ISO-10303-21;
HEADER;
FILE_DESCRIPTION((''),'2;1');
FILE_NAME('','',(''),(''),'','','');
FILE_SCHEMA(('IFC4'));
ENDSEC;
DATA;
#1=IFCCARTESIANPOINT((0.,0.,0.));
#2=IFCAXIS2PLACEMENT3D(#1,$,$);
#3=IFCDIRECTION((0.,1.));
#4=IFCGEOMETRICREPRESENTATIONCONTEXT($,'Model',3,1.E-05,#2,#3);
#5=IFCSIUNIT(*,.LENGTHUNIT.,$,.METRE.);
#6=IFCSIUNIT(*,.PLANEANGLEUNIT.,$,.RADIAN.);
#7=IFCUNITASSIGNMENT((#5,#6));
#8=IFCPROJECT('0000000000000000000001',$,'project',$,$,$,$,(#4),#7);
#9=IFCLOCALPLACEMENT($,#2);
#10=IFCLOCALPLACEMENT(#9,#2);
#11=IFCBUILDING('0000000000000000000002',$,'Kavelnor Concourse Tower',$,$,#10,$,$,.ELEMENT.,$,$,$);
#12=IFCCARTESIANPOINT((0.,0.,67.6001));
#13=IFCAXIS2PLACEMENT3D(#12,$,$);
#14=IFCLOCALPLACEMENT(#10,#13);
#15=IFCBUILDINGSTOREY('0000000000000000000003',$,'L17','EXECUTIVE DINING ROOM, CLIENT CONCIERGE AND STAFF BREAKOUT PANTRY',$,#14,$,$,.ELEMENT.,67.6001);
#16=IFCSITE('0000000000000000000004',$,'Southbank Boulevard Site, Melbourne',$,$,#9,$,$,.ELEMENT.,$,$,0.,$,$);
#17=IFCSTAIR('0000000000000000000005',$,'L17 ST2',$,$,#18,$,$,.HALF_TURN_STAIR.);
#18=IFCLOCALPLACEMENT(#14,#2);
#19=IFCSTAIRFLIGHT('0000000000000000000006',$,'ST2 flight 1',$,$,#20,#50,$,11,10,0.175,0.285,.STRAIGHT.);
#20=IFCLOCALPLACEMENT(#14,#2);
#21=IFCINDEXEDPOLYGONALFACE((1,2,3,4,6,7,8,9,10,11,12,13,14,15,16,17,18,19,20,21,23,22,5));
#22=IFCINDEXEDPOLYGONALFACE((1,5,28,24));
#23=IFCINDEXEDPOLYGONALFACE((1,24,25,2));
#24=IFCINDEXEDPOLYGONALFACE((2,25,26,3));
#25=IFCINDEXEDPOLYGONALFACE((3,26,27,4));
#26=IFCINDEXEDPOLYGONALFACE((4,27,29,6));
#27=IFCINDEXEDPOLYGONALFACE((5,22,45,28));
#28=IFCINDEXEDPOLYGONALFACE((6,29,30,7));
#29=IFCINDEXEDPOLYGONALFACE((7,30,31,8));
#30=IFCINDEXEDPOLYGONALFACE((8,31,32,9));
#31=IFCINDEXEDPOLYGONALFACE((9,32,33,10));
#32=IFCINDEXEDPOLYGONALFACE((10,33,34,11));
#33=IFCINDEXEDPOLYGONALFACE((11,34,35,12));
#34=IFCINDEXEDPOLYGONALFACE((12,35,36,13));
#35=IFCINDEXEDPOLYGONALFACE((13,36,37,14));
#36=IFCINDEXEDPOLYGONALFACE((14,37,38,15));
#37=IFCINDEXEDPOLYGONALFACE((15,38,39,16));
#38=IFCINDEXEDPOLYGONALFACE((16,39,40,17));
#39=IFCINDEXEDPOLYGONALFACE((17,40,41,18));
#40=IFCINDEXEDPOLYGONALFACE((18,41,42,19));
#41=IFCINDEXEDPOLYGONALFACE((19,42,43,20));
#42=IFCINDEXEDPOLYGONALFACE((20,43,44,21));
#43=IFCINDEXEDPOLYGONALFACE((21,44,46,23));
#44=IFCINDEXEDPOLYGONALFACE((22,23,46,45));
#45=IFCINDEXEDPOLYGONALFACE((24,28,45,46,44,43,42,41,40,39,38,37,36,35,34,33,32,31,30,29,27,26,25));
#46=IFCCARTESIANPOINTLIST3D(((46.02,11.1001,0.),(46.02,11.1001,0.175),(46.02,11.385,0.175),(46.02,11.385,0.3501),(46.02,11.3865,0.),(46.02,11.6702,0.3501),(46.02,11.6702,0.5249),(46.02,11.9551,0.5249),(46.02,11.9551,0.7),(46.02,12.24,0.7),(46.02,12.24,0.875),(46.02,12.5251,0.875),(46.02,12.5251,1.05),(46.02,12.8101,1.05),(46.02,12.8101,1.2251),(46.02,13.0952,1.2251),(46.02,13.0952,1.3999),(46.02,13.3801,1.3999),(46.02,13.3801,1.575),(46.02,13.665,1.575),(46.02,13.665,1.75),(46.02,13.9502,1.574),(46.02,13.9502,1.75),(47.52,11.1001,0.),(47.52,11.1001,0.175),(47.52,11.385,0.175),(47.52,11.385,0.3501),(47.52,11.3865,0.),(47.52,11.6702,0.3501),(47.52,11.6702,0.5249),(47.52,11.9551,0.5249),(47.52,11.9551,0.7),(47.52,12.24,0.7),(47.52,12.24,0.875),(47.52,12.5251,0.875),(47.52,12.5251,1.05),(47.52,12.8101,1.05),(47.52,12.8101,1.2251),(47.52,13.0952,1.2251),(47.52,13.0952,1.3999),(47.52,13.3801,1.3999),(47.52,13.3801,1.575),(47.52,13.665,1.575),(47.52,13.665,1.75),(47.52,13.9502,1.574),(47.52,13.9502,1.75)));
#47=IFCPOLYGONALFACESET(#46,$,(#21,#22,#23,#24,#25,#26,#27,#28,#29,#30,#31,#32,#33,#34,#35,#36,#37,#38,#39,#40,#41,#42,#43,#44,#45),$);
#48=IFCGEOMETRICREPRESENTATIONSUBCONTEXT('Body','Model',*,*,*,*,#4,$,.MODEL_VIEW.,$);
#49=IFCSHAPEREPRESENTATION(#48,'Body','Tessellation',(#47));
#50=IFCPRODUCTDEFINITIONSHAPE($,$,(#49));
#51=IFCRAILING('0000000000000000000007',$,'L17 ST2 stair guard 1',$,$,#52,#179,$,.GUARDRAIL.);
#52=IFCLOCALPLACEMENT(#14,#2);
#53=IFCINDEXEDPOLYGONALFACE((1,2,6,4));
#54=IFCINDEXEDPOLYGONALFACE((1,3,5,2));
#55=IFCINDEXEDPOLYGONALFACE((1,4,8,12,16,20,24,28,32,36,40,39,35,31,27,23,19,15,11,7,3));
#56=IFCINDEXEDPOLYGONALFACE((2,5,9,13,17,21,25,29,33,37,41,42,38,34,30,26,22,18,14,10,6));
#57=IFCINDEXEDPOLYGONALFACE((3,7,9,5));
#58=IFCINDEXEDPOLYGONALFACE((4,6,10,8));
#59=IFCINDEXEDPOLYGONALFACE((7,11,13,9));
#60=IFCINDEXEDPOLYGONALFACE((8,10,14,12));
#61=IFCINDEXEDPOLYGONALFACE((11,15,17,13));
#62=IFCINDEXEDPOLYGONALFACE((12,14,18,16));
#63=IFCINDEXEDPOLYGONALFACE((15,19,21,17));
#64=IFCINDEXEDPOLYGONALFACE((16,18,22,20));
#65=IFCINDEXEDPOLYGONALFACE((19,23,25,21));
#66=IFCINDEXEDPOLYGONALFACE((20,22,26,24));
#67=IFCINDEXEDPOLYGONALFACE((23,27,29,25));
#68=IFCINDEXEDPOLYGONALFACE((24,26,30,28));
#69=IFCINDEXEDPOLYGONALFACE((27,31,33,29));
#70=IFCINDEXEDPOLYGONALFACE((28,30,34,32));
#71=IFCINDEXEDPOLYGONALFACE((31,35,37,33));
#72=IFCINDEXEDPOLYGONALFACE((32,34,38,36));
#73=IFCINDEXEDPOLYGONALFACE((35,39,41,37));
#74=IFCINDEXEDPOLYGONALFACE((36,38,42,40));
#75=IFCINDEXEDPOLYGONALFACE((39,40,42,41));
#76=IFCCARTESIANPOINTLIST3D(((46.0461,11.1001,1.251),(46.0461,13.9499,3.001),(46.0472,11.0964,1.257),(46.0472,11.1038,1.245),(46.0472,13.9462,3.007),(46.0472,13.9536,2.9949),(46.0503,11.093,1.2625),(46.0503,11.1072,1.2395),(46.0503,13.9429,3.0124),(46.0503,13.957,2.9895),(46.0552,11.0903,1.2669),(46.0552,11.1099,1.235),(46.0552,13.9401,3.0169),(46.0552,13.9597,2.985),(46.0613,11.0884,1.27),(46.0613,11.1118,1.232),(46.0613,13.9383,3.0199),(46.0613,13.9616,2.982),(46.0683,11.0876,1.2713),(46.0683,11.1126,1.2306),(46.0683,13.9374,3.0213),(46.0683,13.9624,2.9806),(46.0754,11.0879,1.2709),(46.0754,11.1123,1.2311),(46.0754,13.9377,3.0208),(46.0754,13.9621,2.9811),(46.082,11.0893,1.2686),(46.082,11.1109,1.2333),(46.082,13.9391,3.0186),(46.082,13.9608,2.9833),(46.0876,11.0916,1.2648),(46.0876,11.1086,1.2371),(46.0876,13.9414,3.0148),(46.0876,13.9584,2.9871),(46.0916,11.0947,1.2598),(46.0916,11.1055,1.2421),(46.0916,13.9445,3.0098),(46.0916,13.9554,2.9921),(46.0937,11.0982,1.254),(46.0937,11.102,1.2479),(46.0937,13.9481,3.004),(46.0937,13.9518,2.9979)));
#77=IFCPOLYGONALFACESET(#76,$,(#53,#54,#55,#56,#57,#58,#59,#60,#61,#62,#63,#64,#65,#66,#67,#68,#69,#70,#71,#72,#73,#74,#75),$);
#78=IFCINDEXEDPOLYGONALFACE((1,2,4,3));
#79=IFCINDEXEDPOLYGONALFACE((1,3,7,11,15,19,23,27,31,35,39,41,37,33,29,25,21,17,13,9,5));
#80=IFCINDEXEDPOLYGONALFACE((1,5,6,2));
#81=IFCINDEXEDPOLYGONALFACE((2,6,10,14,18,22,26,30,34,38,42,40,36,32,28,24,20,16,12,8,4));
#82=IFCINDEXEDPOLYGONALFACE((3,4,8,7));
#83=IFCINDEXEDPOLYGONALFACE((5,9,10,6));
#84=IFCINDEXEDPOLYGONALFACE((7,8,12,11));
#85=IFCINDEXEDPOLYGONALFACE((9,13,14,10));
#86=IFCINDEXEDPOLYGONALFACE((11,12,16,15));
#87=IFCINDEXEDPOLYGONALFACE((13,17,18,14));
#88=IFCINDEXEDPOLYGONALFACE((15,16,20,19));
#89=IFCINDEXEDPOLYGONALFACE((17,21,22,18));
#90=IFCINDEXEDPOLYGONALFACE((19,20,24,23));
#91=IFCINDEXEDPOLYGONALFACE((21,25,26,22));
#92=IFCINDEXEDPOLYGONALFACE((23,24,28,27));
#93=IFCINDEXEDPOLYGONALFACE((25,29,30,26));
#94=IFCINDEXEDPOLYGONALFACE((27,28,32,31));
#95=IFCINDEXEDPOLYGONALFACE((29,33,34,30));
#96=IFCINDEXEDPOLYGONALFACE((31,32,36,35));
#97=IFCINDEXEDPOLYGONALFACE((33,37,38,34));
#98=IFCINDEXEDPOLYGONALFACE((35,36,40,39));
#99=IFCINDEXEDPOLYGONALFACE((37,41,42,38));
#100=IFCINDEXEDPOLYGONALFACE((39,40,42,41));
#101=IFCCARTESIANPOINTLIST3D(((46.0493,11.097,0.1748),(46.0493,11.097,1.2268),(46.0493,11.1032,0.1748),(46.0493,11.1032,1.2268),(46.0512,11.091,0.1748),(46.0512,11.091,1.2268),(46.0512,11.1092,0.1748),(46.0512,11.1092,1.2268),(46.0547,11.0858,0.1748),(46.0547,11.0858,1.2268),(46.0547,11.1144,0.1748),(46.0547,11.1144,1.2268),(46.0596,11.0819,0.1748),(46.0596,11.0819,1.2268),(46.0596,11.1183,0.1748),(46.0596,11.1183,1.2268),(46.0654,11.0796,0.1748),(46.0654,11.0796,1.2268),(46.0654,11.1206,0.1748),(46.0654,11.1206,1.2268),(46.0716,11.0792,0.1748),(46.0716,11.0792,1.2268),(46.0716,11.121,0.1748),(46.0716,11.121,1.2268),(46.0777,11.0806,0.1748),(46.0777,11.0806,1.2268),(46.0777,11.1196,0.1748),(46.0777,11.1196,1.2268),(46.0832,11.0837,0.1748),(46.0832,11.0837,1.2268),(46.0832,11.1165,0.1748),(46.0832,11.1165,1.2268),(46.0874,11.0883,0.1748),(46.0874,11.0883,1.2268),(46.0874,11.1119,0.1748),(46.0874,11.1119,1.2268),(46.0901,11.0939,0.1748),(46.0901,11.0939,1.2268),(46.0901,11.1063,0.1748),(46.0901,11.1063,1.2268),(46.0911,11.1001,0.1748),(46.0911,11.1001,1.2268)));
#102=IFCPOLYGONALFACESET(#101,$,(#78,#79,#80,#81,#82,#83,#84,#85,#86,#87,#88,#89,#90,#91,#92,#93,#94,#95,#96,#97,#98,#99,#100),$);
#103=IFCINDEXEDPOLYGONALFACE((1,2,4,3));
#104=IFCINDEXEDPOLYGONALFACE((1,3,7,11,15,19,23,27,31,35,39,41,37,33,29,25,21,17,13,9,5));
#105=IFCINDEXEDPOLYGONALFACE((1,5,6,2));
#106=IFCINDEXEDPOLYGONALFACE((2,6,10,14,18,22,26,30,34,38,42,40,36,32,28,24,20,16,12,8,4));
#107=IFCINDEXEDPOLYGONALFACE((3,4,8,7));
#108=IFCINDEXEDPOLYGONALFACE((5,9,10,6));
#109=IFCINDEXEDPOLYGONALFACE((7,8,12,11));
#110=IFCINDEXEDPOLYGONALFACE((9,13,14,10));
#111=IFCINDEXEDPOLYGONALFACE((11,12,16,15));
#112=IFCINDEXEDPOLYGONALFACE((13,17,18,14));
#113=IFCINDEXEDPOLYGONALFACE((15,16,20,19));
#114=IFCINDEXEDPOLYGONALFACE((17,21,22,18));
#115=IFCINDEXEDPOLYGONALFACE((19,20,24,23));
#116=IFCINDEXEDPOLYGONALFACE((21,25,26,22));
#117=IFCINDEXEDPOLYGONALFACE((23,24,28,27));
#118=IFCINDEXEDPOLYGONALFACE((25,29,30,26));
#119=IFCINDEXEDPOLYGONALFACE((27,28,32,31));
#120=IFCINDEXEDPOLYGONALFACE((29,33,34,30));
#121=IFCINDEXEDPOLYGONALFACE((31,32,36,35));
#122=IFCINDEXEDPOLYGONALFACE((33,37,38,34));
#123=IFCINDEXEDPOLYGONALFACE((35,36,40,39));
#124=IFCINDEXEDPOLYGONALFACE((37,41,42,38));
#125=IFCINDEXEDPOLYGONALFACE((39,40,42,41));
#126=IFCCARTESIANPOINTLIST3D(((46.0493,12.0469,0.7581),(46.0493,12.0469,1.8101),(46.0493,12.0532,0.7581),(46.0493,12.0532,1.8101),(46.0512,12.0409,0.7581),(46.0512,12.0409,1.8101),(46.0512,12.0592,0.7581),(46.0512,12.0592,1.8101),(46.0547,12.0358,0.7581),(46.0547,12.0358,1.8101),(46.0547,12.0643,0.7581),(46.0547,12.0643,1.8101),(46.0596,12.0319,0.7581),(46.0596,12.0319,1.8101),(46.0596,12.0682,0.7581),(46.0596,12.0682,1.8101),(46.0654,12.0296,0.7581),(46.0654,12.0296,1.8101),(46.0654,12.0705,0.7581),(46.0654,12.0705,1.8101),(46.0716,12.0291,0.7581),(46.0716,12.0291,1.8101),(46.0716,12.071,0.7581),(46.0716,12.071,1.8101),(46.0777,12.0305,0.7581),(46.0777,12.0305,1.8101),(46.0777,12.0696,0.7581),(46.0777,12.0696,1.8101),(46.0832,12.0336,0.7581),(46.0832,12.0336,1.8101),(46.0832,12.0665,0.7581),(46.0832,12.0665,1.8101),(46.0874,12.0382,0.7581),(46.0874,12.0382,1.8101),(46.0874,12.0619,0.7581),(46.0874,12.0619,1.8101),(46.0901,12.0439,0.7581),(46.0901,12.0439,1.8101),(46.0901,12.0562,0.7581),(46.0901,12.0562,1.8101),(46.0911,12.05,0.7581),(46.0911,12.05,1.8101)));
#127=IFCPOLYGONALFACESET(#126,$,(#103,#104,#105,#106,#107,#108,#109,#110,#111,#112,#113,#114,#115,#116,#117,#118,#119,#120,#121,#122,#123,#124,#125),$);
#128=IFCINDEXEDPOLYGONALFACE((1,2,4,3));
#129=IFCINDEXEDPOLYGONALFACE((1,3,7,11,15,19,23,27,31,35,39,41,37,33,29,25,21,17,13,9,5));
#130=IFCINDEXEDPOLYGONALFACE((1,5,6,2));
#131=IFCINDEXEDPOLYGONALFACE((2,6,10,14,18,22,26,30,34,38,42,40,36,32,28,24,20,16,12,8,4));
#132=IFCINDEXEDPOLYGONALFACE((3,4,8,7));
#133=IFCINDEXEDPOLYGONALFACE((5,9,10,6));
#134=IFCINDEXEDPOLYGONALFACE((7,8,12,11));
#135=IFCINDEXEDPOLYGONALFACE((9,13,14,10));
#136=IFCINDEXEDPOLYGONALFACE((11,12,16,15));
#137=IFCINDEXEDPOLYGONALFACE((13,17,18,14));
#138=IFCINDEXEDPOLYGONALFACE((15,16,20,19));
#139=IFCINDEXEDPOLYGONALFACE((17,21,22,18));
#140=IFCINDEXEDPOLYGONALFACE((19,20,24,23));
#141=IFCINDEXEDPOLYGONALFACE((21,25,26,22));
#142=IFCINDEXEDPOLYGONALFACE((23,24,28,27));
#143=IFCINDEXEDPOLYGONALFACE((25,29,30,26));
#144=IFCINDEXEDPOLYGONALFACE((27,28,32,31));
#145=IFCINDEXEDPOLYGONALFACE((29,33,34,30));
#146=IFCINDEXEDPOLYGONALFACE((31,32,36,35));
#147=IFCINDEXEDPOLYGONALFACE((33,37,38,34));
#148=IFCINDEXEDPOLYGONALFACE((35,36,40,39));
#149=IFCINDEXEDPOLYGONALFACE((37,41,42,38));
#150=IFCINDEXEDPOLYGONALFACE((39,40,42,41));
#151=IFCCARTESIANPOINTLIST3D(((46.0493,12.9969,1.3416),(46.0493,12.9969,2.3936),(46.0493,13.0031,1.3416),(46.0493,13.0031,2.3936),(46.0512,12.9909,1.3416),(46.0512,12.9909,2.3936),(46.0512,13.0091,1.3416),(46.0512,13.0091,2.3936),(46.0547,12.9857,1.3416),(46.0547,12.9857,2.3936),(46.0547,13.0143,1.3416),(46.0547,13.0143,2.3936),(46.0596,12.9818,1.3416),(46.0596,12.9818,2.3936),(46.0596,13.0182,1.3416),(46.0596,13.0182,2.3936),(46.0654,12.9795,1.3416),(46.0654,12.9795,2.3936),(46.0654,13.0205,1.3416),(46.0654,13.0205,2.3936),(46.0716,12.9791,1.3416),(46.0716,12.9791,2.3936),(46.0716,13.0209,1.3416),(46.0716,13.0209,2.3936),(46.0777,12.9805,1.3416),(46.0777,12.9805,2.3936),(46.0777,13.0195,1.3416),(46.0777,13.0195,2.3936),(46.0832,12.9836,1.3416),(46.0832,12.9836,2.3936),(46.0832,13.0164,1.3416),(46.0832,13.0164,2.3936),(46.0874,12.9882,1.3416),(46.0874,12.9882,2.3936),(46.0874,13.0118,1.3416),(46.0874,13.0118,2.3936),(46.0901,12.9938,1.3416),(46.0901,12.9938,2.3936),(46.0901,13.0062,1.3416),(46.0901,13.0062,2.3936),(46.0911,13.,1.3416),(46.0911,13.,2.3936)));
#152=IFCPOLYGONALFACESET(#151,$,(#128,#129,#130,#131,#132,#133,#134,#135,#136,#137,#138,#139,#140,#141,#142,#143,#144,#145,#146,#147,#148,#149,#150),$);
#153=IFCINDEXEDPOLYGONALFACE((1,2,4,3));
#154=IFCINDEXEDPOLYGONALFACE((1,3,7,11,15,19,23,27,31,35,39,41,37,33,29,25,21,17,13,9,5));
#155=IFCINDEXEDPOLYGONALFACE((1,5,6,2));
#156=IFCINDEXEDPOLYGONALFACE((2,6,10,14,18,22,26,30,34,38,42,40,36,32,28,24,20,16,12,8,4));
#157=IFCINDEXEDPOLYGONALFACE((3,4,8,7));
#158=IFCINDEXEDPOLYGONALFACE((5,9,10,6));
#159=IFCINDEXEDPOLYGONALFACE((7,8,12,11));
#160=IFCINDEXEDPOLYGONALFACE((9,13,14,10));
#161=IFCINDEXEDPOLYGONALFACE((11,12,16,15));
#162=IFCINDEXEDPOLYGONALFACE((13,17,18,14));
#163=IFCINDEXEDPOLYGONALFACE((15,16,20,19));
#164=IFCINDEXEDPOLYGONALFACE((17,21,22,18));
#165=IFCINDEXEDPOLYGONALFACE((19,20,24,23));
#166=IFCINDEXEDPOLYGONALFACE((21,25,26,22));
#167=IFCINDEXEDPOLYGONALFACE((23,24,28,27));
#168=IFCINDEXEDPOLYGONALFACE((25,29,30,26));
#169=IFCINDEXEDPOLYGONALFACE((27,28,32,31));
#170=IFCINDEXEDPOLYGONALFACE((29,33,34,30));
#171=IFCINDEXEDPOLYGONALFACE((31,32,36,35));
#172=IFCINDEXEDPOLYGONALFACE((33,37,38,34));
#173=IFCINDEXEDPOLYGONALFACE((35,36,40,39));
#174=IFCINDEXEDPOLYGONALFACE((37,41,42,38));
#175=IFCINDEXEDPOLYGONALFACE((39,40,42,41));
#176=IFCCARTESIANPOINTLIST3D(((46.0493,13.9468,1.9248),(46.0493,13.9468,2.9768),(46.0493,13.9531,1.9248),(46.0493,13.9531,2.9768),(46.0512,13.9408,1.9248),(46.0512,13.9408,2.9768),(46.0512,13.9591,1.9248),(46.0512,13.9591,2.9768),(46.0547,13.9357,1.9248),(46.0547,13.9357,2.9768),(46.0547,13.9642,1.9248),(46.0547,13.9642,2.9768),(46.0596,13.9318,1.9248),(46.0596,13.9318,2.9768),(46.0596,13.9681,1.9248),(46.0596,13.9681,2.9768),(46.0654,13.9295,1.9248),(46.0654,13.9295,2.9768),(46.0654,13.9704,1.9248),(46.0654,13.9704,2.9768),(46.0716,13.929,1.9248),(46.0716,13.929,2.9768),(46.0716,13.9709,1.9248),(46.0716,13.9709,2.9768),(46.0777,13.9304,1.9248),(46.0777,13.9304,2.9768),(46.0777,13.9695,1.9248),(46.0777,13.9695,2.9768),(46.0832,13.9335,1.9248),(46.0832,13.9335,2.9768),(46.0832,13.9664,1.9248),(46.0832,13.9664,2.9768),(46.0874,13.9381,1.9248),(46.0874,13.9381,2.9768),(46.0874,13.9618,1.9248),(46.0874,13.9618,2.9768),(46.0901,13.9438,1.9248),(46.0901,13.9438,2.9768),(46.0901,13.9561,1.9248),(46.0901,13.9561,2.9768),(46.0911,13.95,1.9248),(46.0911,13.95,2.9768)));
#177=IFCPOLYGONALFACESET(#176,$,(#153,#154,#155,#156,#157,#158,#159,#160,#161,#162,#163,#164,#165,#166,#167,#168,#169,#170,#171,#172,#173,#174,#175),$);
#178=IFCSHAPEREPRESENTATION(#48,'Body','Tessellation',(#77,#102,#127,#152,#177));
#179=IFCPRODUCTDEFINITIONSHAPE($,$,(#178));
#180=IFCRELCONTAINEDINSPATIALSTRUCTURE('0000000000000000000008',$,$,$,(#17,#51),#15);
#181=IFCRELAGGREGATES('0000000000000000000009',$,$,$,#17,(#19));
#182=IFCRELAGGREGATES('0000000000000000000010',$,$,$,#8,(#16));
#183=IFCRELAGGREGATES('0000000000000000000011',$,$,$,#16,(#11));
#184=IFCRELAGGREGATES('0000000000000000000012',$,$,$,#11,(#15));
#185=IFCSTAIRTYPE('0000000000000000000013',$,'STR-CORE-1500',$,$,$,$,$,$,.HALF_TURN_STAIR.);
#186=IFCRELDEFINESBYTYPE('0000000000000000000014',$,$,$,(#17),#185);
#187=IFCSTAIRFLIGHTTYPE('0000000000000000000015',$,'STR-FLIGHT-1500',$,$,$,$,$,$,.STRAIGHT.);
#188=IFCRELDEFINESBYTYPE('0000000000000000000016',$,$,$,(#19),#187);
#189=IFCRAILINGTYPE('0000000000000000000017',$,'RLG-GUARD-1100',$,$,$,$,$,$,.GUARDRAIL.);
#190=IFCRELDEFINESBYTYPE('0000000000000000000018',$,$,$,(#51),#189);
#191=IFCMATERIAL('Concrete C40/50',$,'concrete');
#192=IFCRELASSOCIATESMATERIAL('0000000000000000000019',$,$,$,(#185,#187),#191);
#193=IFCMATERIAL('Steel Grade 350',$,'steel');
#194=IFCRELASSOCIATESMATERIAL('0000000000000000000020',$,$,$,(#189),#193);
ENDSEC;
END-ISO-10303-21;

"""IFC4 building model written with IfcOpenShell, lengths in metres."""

from ifc_helpers import new_model, si_unit, direction, frame, origin, origin_2d, place, context, subcontext, project, spatial, polyline, circle, outline, extrude, material, type_object, element, aggregate, save


model = new_model("IFC4")

# Units and contexts
model_context = context("Model", 3, precision=1e-05, world=origin(), true_north=direction((0.0, 1.0)))
body_context = subcontext(model_context, "Body", "Model", "MODEL_VIEW")
ifc_project = project(units=[si_unit("LENGTHUNIT", "METRE"), si_unit("PLANEANGLEUNIT", "RADIAN")], contexts=[model_context])

# Site, building, storey
site_placement = place(None, origin())
site = spatial("IfcSite", under=ifc_project, at=site_placement, Name="Southbank Boulevard Site, Melbourne", CompositionType="ELEMENT", RefElevation=0.0)
building_placement = place(site_placement, origin())
building = spatial("IfcBuilding", under=site, at=building_placement, Name="Kavelnor Concourse Tower", CompositionType="ELEMENT")
storey_placement = place(building_placement, frame((0.0, 0.0, 67.6001)))
storey = spatial("IfcBuildingStorey", under=building, at=storey_placement, Name="L17", Description="EXECUTIVE DINING ROOM, CLIENT CONCIERGE AND STAFF BREAKOUT PANTRY", CompositionType="ELEMENT", Elevation=67.6001)

# Shared definitions
ifc_material_1 = material(Name="Steel Grade 350", Category="steel")

# Stair, stair flight
ifc_material_2 = material(Name="Concrete C40/50", Category="concrete")
stair_type = type_object("IfcStairType", Name="STR-CORE-1500", PredefinedType="HALF_TURN_STAIR", material=ifc_material_2)
stair_placement = place(storey_placement, origin())
stair = element("IfcStair", 1, at=stair_placement, inside=storey, type_object=stair_type, Name="L17 ST2", PredefinedType="HALF_TURN_STAIR")
stair_flight_type = type_object("IfcStairFlightType", Name="STR-FLIGHT-1500", PredefinedType="STRAIGHT", material=ifc_material_2)
stair_flight_placement = place(storey_placement, frame((46.77, 11.1001, 0.0), z_axis=(0.0, 0.0, 1.0), x_axis=(0.0, 1.0, 0.0)))
stair_flight = element("IfcStairFlight", 2, at=stair_flight_placement, type_object=stair_flight_type, Name="ST2 flight 1", NumberOfRisers=11, NumberOfTreads=10, PredefinedType="STRAIGHT", RiserHeight=0.175, TreadLength=0.285, context=body_context, shape_type="SweptSolid", body=[
    extrude(outline(polyline([(0.0, 0.0), (0.0, 0.175), (0.2849, 0.175), (0.2849, 0.3501), (0.5701, 0.3501), (0.5701, 0.5249), (0.855, 0.5249), (0.855, 0.7), (1.1399, 0.7), (1.1399, 0.875), (1.425, 0.875), (1.425, 1.05), (1.71, 1.05), (1.71, 1.2251), (1.9951, 1.2251), (1.9951, 1.3999), (2.28, 1.3999), (2.28, 1.575), (2.5649, 1.575), (2.5649, 1.75), (2.8501, 1.75), (2.8501, 1.925), (2.8501, 1.574), (0.2864, 0.0), (0.0, 0.0)])), frame((0.0, 0.75, 0.0), z_axis=(0.0, -1.0, 0.0), x_axis=(1.0, 0.0, 0.0)), (0.0, 0.0, 1.0), 1.5),
])
aggregate(stair, [stair_flight])

# Railing
railing_type_1 = type_object("IfcRailingType", Name="RLG-GUARD-1100", PredefinedType="GUARDRAIL", material=ifc_material_1)
railing_1_placement = place(storey_placement, frame((46.0701, 11.1001, 0.1748)))
element("IfcRailing", 3, at=railing_1_placement, inside=storey, type_object=railing_type_1, Name="L17 ST2 stair guard 1", PredefinedType="GUARDRAIL", context=body_context, shape_type="SweptSolid", body=[
    extrude(circle(Radius=0.0239, at=origin_2d()), frame((0.0, 0.0, 1.0762), z_axis=(0.0, 0.852159, 0.523283), x_axis=(-1.0, 0.0, 0.0)), (0.0, 0.0, 1.0), 3.3442),
    extrude(circle(Radius=0.021, at=origin_2d()), origin(), (0.0, 0.0, 1.0), 1.052),
    extrude(circle(Radius=0.021, at=origin_2d()), frame((0.0, 0.95, 0.5833)), (0.0, 0.0, 1.0), 1.052),
    extrude(circle(Radius=0.021, at=origin_2d()), frame((0.0, 1.8999, 1.1667)), (0.0, 0.0, 1.0), 1.052),
    extrude(circle(Radius=0.021, at=origin_2d()), frame((0.0, 2.8499, 1.75)), (0.0, 0.0, 1.0), 1.052),
])

save(model, "model.ifc")
